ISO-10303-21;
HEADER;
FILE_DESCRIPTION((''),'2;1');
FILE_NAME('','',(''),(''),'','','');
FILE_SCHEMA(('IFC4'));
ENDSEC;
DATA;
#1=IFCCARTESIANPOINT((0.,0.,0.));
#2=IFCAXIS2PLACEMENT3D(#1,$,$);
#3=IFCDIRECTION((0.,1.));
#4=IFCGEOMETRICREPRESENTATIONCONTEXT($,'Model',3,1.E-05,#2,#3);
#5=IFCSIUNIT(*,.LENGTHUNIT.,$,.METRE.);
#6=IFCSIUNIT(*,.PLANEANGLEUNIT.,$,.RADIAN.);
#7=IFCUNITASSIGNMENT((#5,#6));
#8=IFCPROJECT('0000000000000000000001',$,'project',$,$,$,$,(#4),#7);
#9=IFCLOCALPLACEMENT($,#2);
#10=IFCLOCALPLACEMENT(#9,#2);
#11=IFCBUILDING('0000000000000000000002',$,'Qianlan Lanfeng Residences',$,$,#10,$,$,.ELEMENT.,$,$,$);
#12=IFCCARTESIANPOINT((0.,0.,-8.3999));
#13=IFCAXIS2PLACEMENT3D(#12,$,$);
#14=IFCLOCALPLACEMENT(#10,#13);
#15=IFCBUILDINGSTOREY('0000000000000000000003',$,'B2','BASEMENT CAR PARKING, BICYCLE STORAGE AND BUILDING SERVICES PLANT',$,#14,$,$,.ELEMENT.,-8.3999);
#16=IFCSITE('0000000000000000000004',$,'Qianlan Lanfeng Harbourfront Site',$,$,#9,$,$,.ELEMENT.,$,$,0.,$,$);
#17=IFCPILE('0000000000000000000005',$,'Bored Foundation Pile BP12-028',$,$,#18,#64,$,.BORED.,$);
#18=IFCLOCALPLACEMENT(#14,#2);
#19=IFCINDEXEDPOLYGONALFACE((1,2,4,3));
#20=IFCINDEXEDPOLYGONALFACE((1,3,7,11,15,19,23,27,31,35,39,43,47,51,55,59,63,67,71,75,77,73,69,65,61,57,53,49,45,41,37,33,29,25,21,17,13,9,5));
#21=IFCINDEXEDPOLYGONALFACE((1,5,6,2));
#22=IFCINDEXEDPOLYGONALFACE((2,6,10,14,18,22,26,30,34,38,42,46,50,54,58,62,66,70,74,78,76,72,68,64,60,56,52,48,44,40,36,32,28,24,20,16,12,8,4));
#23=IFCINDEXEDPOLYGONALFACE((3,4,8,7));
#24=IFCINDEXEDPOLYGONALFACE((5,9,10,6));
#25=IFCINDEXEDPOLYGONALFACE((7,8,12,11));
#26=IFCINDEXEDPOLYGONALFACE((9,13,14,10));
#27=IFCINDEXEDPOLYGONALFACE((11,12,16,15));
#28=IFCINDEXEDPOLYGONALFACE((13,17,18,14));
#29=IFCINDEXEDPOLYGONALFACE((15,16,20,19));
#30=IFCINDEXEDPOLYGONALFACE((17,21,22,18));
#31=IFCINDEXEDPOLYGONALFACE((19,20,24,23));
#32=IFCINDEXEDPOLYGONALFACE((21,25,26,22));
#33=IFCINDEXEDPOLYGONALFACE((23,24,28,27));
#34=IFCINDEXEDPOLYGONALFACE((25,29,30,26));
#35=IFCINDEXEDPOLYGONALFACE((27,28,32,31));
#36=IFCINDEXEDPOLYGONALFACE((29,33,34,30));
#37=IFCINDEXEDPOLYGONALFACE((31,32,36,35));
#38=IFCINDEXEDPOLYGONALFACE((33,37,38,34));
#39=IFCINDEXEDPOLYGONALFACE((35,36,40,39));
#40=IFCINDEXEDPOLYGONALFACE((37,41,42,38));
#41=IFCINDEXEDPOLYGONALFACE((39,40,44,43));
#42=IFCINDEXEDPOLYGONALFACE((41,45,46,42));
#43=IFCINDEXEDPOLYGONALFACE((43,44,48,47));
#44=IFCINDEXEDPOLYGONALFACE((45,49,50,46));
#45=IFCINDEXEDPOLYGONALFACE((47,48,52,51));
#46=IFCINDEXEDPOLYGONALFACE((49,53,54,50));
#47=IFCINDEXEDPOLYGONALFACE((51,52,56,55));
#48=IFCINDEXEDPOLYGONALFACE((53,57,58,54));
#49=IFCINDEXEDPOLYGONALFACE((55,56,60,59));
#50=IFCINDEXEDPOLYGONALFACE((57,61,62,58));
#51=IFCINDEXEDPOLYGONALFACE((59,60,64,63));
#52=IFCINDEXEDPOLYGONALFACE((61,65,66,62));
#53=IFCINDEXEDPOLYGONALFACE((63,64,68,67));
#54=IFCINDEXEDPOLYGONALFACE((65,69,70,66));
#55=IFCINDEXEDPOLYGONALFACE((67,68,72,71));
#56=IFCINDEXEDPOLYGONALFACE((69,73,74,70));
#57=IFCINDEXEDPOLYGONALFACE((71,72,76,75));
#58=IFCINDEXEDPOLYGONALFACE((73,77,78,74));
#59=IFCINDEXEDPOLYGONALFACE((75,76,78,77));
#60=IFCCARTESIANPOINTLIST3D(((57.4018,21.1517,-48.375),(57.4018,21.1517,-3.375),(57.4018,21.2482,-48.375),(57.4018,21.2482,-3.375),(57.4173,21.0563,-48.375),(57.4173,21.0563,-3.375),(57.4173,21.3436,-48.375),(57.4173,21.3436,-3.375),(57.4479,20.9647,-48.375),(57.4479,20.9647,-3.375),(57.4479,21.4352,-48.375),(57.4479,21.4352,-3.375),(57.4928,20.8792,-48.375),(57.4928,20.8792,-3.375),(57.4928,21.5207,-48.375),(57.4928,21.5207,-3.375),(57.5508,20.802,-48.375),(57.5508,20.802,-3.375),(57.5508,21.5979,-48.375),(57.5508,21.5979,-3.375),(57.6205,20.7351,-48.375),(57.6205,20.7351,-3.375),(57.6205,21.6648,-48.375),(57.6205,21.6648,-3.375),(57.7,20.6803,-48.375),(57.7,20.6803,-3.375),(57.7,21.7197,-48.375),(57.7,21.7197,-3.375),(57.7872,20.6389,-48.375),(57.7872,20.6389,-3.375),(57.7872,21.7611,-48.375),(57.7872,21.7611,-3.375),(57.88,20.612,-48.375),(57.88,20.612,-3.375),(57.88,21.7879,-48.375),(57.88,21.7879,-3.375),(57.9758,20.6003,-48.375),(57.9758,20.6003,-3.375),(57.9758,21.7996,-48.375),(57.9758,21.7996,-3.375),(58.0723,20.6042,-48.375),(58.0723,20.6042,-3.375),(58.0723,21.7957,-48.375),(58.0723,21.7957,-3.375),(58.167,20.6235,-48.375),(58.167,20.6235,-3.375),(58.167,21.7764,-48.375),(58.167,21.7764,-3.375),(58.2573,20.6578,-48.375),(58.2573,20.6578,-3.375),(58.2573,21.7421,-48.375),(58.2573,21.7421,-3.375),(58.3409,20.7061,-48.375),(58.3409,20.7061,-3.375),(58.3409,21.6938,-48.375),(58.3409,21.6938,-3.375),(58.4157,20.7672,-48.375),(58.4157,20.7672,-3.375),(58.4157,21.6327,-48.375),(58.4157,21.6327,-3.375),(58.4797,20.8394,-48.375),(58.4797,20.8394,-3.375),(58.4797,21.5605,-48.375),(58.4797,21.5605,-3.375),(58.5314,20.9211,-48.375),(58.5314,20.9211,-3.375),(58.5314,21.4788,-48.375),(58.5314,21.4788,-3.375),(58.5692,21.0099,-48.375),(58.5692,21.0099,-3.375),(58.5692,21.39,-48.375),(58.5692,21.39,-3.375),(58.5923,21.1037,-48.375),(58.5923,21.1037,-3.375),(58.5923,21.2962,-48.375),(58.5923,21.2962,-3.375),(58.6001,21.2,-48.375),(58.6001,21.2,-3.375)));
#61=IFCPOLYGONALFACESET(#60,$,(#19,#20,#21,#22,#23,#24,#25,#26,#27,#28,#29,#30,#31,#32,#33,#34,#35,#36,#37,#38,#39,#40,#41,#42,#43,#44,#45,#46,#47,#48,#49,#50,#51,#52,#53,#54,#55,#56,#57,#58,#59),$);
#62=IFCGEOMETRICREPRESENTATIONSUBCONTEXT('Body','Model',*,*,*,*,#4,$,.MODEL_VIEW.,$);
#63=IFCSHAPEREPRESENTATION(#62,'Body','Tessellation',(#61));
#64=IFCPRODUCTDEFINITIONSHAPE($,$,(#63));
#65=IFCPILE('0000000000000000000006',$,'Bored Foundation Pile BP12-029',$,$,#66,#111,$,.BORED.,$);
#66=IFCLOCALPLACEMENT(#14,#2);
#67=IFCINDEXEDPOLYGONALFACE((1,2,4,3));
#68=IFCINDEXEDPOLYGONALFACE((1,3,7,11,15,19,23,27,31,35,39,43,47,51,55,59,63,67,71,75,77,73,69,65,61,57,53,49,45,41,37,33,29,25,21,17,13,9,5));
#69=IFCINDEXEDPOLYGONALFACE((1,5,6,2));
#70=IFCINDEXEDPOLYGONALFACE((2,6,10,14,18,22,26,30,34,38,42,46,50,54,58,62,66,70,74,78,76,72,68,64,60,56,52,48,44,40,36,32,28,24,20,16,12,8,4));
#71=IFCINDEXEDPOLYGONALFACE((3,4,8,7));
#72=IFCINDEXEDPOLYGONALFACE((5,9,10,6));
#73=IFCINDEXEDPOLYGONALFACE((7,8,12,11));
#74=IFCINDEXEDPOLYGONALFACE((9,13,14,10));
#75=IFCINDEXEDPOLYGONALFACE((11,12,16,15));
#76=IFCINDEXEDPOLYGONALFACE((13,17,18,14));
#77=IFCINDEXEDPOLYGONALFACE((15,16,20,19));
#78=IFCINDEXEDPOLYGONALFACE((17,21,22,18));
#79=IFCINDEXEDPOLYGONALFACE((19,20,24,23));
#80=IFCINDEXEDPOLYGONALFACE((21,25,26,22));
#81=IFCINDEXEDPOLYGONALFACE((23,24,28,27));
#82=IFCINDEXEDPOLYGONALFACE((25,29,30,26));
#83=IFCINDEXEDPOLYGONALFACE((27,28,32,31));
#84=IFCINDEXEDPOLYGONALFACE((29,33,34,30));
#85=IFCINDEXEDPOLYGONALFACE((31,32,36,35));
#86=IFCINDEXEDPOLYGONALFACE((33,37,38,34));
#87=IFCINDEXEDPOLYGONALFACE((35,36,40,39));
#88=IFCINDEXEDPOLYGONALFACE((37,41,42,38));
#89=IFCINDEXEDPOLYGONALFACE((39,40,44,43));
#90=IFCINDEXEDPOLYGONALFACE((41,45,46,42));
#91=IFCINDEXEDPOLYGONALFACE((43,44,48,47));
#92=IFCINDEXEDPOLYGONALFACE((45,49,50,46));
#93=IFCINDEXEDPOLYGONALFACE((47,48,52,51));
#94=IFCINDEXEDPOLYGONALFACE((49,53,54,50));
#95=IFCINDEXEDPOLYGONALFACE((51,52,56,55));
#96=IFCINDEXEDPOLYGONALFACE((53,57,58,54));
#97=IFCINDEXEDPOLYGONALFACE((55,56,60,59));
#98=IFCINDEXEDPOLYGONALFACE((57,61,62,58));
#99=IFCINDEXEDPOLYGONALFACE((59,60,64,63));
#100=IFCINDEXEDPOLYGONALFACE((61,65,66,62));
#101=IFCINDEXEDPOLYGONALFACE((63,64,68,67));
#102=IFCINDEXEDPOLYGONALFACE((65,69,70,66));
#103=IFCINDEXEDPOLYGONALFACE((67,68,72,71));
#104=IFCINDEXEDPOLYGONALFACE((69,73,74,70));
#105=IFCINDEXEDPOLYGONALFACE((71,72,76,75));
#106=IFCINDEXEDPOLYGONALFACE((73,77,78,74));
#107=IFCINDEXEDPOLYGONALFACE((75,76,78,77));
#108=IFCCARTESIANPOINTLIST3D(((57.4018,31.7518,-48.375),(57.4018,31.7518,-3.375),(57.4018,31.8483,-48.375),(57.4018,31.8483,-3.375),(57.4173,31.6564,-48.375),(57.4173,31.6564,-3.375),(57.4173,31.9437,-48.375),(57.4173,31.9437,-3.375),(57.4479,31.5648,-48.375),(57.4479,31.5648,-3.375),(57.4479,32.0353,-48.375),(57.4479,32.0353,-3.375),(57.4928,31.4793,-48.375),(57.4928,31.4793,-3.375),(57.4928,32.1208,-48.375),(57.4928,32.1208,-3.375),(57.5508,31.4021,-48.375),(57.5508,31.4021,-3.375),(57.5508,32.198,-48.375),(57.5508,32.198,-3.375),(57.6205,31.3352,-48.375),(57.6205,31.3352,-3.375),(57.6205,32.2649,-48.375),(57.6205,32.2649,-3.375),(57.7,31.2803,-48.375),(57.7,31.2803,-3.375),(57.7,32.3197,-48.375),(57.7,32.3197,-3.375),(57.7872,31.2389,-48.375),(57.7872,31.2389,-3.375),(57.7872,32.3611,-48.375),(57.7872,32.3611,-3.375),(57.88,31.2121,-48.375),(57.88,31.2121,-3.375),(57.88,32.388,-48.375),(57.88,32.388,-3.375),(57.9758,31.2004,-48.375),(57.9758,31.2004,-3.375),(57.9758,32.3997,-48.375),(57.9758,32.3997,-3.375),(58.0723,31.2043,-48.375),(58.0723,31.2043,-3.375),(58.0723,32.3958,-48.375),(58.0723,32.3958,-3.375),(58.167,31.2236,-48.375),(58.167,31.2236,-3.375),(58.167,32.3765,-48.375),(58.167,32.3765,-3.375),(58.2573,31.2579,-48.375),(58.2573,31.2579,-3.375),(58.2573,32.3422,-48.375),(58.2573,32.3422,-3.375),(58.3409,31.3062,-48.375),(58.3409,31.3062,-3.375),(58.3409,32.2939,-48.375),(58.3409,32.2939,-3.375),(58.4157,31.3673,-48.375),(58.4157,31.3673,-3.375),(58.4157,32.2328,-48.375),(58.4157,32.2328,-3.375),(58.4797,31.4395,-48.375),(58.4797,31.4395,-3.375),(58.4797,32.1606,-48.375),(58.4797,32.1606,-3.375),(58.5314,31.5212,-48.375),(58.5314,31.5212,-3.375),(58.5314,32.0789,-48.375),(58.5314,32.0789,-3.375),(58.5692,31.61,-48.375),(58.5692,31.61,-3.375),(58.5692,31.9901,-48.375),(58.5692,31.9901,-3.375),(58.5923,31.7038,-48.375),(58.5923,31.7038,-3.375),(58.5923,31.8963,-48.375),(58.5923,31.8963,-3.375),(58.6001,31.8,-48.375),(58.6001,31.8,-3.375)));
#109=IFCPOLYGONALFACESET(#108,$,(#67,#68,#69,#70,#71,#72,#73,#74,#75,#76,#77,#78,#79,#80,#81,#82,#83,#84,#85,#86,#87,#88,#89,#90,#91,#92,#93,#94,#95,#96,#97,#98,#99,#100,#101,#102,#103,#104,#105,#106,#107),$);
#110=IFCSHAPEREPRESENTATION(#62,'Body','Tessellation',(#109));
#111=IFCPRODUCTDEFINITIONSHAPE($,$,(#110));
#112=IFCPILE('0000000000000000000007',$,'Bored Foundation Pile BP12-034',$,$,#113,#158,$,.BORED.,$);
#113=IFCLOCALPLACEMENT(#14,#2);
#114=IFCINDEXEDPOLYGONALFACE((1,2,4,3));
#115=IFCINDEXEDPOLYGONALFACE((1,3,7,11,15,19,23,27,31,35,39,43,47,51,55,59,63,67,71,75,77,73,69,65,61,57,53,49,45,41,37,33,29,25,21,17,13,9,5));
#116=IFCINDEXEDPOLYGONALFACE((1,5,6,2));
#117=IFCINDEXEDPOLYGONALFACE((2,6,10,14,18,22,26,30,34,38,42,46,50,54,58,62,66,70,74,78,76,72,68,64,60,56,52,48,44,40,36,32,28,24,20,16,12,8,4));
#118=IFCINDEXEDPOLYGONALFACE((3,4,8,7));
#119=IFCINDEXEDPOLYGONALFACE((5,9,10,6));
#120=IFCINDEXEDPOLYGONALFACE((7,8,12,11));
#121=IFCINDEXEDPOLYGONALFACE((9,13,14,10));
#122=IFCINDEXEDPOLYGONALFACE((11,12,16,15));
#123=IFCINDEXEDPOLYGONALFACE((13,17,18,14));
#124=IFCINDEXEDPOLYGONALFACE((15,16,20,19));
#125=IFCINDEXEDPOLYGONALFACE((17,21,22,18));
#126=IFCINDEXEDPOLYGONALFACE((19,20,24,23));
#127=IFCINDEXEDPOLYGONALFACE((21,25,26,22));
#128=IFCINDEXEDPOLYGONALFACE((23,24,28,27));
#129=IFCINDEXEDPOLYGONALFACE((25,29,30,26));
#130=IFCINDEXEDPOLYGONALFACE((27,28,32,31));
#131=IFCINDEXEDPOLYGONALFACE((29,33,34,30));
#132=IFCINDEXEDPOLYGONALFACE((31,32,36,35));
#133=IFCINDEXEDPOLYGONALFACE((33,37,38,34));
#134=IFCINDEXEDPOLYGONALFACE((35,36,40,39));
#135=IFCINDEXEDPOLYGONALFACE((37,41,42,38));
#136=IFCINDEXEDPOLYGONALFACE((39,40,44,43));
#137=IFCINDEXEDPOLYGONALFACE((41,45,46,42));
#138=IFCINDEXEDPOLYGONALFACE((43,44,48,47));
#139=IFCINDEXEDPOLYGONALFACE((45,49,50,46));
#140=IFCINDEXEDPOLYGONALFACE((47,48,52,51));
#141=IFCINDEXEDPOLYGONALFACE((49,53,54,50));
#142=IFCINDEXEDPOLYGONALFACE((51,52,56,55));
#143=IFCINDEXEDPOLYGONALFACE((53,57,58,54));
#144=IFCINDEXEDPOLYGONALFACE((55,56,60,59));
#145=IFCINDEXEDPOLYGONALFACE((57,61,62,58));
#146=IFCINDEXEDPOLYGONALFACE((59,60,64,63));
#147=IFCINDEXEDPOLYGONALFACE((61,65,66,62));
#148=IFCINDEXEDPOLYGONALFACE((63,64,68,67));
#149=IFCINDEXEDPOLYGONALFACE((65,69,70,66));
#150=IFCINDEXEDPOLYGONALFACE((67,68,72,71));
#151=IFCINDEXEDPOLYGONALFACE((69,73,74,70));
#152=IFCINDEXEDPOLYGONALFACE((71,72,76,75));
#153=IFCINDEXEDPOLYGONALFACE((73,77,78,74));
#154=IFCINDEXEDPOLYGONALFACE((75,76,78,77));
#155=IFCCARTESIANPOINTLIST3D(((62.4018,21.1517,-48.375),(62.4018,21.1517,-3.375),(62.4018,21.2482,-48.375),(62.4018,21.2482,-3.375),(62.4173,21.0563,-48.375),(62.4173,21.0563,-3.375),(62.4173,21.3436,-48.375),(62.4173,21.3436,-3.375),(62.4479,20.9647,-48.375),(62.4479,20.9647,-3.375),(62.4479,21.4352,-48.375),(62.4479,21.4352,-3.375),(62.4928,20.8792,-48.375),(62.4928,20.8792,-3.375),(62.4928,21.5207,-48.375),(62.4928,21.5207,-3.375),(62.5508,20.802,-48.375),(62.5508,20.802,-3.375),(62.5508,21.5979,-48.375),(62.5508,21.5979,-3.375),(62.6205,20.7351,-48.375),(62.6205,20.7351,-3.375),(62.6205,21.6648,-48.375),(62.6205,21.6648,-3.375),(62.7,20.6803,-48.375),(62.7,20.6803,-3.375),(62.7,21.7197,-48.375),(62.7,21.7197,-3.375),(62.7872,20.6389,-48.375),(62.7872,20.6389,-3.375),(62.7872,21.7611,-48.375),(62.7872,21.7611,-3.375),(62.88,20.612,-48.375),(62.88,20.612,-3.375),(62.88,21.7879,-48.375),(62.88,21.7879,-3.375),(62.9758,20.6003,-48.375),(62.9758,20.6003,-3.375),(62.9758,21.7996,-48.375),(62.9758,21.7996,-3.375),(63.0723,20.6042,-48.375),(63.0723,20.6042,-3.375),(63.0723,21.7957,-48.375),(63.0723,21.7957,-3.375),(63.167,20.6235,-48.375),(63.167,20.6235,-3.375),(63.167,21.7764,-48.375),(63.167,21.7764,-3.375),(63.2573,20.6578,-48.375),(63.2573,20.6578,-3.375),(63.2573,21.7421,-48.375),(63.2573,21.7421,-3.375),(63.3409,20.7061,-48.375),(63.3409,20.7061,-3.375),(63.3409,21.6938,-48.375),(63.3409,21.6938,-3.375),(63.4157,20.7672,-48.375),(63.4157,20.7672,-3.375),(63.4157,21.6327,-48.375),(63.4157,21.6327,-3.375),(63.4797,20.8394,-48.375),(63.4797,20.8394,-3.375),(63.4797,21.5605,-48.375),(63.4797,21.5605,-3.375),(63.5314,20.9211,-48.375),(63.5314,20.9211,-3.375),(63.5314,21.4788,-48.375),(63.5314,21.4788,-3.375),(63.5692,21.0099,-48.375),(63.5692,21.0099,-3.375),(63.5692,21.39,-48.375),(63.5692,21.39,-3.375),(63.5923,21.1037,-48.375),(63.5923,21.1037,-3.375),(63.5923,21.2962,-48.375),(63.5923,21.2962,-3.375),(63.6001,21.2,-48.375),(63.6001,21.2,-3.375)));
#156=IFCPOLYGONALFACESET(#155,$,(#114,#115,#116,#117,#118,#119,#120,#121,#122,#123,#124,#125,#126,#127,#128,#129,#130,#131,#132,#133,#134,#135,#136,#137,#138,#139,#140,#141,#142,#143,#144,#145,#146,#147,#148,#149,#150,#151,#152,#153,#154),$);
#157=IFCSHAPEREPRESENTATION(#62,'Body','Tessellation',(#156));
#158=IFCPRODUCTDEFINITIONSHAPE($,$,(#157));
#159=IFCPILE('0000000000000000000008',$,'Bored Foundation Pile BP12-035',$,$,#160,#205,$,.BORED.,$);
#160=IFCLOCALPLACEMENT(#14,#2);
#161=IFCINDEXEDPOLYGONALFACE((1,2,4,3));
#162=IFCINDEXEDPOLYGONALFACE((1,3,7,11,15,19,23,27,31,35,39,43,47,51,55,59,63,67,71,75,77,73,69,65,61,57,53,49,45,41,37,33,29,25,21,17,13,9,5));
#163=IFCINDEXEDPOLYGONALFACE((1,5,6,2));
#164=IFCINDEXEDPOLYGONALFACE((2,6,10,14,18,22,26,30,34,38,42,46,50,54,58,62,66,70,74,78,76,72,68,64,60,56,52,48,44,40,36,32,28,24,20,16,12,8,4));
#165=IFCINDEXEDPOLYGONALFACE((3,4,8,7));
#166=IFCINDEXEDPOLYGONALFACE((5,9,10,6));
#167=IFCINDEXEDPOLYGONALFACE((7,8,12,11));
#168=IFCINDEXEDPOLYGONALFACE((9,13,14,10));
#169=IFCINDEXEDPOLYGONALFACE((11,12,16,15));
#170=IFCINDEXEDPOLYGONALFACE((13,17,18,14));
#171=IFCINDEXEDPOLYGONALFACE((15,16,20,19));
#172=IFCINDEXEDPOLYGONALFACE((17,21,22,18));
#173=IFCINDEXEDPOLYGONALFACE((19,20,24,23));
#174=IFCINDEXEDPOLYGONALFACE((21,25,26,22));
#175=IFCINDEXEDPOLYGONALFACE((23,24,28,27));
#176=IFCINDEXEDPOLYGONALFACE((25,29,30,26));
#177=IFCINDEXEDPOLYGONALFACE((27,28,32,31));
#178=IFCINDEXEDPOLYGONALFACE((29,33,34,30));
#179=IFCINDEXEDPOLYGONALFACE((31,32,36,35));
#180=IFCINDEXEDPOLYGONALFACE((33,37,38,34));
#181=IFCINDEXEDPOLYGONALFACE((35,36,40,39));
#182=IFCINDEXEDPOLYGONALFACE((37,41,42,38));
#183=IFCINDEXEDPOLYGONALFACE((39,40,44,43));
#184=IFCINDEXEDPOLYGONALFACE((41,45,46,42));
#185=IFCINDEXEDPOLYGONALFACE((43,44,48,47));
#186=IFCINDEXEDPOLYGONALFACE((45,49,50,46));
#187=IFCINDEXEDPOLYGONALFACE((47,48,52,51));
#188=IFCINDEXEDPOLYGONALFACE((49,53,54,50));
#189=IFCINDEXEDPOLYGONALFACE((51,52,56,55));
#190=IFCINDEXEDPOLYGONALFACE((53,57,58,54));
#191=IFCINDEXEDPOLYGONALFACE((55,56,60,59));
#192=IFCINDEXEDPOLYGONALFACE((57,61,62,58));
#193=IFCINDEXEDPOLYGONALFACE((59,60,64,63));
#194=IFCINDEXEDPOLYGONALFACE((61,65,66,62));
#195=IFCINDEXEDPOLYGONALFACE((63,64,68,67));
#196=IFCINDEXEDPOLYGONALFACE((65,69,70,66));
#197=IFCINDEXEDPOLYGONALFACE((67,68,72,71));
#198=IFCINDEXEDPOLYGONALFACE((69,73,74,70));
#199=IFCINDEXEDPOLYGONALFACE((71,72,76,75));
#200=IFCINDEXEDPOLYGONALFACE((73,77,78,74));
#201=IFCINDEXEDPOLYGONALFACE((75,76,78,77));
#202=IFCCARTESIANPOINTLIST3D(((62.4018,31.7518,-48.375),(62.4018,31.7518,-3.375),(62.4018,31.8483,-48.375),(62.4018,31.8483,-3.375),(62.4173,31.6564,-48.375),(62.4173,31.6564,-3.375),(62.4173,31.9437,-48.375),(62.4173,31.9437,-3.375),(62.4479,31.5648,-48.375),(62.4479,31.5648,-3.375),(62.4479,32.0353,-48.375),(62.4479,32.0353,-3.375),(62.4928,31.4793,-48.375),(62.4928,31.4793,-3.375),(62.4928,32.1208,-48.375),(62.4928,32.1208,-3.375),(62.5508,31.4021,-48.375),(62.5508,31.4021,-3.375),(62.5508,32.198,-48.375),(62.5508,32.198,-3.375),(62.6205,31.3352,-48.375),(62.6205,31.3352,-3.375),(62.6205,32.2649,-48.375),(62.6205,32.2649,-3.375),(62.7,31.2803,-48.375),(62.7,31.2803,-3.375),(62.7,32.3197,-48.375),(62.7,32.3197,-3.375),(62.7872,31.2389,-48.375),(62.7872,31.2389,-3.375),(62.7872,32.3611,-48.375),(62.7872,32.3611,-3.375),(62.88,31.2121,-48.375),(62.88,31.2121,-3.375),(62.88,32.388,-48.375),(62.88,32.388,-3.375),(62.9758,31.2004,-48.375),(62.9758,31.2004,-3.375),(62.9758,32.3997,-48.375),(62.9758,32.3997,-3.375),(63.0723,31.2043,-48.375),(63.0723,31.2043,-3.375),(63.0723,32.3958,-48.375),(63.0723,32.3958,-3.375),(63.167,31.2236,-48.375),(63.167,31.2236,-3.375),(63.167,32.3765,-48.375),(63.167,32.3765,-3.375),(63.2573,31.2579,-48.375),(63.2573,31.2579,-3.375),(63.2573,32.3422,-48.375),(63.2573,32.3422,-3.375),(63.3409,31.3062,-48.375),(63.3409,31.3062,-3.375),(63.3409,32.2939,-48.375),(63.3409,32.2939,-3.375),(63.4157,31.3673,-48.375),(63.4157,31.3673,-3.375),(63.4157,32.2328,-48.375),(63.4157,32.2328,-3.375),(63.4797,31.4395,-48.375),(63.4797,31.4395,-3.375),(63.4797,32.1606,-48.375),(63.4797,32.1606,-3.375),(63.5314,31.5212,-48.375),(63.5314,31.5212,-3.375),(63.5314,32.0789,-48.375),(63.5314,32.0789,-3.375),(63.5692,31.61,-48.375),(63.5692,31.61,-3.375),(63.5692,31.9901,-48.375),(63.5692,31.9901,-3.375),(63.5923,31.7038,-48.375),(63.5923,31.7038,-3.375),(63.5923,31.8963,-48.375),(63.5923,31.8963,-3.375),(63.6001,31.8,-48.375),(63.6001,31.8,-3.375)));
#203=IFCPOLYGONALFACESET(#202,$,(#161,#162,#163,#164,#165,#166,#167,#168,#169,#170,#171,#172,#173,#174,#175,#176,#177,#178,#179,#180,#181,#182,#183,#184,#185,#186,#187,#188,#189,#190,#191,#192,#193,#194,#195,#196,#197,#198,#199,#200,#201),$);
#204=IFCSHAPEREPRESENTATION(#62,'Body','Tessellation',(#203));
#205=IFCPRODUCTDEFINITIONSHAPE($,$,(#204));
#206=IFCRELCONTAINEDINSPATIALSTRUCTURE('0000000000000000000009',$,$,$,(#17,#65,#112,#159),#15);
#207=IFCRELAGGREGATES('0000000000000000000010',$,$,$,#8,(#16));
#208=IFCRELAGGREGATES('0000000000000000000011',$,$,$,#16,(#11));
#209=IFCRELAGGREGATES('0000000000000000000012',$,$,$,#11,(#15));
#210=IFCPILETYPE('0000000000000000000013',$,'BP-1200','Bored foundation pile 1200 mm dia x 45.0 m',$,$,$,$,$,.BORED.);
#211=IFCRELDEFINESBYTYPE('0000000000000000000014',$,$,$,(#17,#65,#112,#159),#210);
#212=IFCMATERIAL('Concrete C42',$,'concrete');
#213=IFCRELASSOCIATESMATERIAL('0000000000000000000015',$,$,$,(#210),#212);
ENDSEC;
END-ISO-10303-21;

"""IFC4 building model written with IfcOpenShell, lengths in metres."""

from ifc_helpers import new_model, si_unit, direction, frame, origin, origin_2d, place, context, subcontext, project, spatial, circle, extrude, material, material_profile, profile_set, type_object, element, save


model = new_model("IFC4")

# Units and contexts
model_context = context("Model", 3, precision=1e-05, world=origin(), true_north=direction((0.0, 1.0)))
body_context = subcontext(model_context, "Body", "Model", "MODEL_VIEW")
ifc_project = project(units=[si_unit("LENGTHUNIT", "METRE"), si_unit("PLANEANGLEUNIT", "RADIAN")], contexts=[model_context])

# Site, building, storey
site_placement = place(None, origin())
site = spatial("IfcSite", under=ifc_project, at=site_placement, Name="Qianlan Lanfeng Harbourfront Site", CompositionType="ELEMENT", RefElevation=0.0)
building_placement = place(site_placement, origin())
building = spatial("IfcBuilding", under=site, at=building_placement, Name="Qianlan Lanfeng Residences", CompositionType="ELEMENT")
storey_placement = place(building_placement, frame((0.0, 0.0, -8.3999)))
storey = spatial("IfcBuildingStorey", under=building, at=storey_placement, Name="B2", Description="BASEMENT CAR PARKING, BICYCLE STORAGE AND BUILDING SERVICES PLANT", CompositionType="ELEMENT", Elevation=-8.3999)

# Piles
ifc_material_1 = material(Name="Concrete C42", Category="concrete")
ifc_material_profile_1 = material_profile(ifc_material_1, circle(Radius=0.6001, at=origin_2d()), Name="PILE D1200")
ifc_profile_set_1 = profile_set([ifc_material_profile_1], Name="Concrete C42")
pile_type_1 = type_object("IfcPileType", Name="BP-1200", Description="Bored foundation pile 1200 mm dia x 45.0 m", PredefinedType="BORED", material=ifc_profile_set_1)
for number, where, z_axis, x_axis, name in (
    (1, (58.0, 21.2, -3.375), (0.0, 0.0, -1.0), (1.0, 0.0, 0.0), "Bored Foundation Pile BP12-028"),
    (2, (58.0, 31.8, -3.375), (0.0, 0.0, -1.0), (1.0, 0.0, 0.0), "Bored Foundation Pile BP12-029"),
    (3, (63.0, 21.2, -3.375), (0.0, 0.0, -1.0), (1.0, 0.0, 0.0), "Bored Foundation Pile BP12-034"),
    (4, (63.0, 31.8, -3.375), (0.0, 0.0, -1.0), (1.0, 0.0, 0.0), "Bored Foundation Pile BP12-035"),
):
    element("IfcPile", number, at=place(storey_placement, frame(where, z_axis=z_axis, x_axis=x_axis)), inside=storey, type_object=pile_type_1, Name=name, PredefinedType="BORED", context=body_context, shape_type="SweptSolid", body=[
        extrude(circle(Radius=0.6001, at=origin_2d()), origin(), (0.0, 0.0, 1.0), 45.0),
    ])

save(model, "model.ifc")
